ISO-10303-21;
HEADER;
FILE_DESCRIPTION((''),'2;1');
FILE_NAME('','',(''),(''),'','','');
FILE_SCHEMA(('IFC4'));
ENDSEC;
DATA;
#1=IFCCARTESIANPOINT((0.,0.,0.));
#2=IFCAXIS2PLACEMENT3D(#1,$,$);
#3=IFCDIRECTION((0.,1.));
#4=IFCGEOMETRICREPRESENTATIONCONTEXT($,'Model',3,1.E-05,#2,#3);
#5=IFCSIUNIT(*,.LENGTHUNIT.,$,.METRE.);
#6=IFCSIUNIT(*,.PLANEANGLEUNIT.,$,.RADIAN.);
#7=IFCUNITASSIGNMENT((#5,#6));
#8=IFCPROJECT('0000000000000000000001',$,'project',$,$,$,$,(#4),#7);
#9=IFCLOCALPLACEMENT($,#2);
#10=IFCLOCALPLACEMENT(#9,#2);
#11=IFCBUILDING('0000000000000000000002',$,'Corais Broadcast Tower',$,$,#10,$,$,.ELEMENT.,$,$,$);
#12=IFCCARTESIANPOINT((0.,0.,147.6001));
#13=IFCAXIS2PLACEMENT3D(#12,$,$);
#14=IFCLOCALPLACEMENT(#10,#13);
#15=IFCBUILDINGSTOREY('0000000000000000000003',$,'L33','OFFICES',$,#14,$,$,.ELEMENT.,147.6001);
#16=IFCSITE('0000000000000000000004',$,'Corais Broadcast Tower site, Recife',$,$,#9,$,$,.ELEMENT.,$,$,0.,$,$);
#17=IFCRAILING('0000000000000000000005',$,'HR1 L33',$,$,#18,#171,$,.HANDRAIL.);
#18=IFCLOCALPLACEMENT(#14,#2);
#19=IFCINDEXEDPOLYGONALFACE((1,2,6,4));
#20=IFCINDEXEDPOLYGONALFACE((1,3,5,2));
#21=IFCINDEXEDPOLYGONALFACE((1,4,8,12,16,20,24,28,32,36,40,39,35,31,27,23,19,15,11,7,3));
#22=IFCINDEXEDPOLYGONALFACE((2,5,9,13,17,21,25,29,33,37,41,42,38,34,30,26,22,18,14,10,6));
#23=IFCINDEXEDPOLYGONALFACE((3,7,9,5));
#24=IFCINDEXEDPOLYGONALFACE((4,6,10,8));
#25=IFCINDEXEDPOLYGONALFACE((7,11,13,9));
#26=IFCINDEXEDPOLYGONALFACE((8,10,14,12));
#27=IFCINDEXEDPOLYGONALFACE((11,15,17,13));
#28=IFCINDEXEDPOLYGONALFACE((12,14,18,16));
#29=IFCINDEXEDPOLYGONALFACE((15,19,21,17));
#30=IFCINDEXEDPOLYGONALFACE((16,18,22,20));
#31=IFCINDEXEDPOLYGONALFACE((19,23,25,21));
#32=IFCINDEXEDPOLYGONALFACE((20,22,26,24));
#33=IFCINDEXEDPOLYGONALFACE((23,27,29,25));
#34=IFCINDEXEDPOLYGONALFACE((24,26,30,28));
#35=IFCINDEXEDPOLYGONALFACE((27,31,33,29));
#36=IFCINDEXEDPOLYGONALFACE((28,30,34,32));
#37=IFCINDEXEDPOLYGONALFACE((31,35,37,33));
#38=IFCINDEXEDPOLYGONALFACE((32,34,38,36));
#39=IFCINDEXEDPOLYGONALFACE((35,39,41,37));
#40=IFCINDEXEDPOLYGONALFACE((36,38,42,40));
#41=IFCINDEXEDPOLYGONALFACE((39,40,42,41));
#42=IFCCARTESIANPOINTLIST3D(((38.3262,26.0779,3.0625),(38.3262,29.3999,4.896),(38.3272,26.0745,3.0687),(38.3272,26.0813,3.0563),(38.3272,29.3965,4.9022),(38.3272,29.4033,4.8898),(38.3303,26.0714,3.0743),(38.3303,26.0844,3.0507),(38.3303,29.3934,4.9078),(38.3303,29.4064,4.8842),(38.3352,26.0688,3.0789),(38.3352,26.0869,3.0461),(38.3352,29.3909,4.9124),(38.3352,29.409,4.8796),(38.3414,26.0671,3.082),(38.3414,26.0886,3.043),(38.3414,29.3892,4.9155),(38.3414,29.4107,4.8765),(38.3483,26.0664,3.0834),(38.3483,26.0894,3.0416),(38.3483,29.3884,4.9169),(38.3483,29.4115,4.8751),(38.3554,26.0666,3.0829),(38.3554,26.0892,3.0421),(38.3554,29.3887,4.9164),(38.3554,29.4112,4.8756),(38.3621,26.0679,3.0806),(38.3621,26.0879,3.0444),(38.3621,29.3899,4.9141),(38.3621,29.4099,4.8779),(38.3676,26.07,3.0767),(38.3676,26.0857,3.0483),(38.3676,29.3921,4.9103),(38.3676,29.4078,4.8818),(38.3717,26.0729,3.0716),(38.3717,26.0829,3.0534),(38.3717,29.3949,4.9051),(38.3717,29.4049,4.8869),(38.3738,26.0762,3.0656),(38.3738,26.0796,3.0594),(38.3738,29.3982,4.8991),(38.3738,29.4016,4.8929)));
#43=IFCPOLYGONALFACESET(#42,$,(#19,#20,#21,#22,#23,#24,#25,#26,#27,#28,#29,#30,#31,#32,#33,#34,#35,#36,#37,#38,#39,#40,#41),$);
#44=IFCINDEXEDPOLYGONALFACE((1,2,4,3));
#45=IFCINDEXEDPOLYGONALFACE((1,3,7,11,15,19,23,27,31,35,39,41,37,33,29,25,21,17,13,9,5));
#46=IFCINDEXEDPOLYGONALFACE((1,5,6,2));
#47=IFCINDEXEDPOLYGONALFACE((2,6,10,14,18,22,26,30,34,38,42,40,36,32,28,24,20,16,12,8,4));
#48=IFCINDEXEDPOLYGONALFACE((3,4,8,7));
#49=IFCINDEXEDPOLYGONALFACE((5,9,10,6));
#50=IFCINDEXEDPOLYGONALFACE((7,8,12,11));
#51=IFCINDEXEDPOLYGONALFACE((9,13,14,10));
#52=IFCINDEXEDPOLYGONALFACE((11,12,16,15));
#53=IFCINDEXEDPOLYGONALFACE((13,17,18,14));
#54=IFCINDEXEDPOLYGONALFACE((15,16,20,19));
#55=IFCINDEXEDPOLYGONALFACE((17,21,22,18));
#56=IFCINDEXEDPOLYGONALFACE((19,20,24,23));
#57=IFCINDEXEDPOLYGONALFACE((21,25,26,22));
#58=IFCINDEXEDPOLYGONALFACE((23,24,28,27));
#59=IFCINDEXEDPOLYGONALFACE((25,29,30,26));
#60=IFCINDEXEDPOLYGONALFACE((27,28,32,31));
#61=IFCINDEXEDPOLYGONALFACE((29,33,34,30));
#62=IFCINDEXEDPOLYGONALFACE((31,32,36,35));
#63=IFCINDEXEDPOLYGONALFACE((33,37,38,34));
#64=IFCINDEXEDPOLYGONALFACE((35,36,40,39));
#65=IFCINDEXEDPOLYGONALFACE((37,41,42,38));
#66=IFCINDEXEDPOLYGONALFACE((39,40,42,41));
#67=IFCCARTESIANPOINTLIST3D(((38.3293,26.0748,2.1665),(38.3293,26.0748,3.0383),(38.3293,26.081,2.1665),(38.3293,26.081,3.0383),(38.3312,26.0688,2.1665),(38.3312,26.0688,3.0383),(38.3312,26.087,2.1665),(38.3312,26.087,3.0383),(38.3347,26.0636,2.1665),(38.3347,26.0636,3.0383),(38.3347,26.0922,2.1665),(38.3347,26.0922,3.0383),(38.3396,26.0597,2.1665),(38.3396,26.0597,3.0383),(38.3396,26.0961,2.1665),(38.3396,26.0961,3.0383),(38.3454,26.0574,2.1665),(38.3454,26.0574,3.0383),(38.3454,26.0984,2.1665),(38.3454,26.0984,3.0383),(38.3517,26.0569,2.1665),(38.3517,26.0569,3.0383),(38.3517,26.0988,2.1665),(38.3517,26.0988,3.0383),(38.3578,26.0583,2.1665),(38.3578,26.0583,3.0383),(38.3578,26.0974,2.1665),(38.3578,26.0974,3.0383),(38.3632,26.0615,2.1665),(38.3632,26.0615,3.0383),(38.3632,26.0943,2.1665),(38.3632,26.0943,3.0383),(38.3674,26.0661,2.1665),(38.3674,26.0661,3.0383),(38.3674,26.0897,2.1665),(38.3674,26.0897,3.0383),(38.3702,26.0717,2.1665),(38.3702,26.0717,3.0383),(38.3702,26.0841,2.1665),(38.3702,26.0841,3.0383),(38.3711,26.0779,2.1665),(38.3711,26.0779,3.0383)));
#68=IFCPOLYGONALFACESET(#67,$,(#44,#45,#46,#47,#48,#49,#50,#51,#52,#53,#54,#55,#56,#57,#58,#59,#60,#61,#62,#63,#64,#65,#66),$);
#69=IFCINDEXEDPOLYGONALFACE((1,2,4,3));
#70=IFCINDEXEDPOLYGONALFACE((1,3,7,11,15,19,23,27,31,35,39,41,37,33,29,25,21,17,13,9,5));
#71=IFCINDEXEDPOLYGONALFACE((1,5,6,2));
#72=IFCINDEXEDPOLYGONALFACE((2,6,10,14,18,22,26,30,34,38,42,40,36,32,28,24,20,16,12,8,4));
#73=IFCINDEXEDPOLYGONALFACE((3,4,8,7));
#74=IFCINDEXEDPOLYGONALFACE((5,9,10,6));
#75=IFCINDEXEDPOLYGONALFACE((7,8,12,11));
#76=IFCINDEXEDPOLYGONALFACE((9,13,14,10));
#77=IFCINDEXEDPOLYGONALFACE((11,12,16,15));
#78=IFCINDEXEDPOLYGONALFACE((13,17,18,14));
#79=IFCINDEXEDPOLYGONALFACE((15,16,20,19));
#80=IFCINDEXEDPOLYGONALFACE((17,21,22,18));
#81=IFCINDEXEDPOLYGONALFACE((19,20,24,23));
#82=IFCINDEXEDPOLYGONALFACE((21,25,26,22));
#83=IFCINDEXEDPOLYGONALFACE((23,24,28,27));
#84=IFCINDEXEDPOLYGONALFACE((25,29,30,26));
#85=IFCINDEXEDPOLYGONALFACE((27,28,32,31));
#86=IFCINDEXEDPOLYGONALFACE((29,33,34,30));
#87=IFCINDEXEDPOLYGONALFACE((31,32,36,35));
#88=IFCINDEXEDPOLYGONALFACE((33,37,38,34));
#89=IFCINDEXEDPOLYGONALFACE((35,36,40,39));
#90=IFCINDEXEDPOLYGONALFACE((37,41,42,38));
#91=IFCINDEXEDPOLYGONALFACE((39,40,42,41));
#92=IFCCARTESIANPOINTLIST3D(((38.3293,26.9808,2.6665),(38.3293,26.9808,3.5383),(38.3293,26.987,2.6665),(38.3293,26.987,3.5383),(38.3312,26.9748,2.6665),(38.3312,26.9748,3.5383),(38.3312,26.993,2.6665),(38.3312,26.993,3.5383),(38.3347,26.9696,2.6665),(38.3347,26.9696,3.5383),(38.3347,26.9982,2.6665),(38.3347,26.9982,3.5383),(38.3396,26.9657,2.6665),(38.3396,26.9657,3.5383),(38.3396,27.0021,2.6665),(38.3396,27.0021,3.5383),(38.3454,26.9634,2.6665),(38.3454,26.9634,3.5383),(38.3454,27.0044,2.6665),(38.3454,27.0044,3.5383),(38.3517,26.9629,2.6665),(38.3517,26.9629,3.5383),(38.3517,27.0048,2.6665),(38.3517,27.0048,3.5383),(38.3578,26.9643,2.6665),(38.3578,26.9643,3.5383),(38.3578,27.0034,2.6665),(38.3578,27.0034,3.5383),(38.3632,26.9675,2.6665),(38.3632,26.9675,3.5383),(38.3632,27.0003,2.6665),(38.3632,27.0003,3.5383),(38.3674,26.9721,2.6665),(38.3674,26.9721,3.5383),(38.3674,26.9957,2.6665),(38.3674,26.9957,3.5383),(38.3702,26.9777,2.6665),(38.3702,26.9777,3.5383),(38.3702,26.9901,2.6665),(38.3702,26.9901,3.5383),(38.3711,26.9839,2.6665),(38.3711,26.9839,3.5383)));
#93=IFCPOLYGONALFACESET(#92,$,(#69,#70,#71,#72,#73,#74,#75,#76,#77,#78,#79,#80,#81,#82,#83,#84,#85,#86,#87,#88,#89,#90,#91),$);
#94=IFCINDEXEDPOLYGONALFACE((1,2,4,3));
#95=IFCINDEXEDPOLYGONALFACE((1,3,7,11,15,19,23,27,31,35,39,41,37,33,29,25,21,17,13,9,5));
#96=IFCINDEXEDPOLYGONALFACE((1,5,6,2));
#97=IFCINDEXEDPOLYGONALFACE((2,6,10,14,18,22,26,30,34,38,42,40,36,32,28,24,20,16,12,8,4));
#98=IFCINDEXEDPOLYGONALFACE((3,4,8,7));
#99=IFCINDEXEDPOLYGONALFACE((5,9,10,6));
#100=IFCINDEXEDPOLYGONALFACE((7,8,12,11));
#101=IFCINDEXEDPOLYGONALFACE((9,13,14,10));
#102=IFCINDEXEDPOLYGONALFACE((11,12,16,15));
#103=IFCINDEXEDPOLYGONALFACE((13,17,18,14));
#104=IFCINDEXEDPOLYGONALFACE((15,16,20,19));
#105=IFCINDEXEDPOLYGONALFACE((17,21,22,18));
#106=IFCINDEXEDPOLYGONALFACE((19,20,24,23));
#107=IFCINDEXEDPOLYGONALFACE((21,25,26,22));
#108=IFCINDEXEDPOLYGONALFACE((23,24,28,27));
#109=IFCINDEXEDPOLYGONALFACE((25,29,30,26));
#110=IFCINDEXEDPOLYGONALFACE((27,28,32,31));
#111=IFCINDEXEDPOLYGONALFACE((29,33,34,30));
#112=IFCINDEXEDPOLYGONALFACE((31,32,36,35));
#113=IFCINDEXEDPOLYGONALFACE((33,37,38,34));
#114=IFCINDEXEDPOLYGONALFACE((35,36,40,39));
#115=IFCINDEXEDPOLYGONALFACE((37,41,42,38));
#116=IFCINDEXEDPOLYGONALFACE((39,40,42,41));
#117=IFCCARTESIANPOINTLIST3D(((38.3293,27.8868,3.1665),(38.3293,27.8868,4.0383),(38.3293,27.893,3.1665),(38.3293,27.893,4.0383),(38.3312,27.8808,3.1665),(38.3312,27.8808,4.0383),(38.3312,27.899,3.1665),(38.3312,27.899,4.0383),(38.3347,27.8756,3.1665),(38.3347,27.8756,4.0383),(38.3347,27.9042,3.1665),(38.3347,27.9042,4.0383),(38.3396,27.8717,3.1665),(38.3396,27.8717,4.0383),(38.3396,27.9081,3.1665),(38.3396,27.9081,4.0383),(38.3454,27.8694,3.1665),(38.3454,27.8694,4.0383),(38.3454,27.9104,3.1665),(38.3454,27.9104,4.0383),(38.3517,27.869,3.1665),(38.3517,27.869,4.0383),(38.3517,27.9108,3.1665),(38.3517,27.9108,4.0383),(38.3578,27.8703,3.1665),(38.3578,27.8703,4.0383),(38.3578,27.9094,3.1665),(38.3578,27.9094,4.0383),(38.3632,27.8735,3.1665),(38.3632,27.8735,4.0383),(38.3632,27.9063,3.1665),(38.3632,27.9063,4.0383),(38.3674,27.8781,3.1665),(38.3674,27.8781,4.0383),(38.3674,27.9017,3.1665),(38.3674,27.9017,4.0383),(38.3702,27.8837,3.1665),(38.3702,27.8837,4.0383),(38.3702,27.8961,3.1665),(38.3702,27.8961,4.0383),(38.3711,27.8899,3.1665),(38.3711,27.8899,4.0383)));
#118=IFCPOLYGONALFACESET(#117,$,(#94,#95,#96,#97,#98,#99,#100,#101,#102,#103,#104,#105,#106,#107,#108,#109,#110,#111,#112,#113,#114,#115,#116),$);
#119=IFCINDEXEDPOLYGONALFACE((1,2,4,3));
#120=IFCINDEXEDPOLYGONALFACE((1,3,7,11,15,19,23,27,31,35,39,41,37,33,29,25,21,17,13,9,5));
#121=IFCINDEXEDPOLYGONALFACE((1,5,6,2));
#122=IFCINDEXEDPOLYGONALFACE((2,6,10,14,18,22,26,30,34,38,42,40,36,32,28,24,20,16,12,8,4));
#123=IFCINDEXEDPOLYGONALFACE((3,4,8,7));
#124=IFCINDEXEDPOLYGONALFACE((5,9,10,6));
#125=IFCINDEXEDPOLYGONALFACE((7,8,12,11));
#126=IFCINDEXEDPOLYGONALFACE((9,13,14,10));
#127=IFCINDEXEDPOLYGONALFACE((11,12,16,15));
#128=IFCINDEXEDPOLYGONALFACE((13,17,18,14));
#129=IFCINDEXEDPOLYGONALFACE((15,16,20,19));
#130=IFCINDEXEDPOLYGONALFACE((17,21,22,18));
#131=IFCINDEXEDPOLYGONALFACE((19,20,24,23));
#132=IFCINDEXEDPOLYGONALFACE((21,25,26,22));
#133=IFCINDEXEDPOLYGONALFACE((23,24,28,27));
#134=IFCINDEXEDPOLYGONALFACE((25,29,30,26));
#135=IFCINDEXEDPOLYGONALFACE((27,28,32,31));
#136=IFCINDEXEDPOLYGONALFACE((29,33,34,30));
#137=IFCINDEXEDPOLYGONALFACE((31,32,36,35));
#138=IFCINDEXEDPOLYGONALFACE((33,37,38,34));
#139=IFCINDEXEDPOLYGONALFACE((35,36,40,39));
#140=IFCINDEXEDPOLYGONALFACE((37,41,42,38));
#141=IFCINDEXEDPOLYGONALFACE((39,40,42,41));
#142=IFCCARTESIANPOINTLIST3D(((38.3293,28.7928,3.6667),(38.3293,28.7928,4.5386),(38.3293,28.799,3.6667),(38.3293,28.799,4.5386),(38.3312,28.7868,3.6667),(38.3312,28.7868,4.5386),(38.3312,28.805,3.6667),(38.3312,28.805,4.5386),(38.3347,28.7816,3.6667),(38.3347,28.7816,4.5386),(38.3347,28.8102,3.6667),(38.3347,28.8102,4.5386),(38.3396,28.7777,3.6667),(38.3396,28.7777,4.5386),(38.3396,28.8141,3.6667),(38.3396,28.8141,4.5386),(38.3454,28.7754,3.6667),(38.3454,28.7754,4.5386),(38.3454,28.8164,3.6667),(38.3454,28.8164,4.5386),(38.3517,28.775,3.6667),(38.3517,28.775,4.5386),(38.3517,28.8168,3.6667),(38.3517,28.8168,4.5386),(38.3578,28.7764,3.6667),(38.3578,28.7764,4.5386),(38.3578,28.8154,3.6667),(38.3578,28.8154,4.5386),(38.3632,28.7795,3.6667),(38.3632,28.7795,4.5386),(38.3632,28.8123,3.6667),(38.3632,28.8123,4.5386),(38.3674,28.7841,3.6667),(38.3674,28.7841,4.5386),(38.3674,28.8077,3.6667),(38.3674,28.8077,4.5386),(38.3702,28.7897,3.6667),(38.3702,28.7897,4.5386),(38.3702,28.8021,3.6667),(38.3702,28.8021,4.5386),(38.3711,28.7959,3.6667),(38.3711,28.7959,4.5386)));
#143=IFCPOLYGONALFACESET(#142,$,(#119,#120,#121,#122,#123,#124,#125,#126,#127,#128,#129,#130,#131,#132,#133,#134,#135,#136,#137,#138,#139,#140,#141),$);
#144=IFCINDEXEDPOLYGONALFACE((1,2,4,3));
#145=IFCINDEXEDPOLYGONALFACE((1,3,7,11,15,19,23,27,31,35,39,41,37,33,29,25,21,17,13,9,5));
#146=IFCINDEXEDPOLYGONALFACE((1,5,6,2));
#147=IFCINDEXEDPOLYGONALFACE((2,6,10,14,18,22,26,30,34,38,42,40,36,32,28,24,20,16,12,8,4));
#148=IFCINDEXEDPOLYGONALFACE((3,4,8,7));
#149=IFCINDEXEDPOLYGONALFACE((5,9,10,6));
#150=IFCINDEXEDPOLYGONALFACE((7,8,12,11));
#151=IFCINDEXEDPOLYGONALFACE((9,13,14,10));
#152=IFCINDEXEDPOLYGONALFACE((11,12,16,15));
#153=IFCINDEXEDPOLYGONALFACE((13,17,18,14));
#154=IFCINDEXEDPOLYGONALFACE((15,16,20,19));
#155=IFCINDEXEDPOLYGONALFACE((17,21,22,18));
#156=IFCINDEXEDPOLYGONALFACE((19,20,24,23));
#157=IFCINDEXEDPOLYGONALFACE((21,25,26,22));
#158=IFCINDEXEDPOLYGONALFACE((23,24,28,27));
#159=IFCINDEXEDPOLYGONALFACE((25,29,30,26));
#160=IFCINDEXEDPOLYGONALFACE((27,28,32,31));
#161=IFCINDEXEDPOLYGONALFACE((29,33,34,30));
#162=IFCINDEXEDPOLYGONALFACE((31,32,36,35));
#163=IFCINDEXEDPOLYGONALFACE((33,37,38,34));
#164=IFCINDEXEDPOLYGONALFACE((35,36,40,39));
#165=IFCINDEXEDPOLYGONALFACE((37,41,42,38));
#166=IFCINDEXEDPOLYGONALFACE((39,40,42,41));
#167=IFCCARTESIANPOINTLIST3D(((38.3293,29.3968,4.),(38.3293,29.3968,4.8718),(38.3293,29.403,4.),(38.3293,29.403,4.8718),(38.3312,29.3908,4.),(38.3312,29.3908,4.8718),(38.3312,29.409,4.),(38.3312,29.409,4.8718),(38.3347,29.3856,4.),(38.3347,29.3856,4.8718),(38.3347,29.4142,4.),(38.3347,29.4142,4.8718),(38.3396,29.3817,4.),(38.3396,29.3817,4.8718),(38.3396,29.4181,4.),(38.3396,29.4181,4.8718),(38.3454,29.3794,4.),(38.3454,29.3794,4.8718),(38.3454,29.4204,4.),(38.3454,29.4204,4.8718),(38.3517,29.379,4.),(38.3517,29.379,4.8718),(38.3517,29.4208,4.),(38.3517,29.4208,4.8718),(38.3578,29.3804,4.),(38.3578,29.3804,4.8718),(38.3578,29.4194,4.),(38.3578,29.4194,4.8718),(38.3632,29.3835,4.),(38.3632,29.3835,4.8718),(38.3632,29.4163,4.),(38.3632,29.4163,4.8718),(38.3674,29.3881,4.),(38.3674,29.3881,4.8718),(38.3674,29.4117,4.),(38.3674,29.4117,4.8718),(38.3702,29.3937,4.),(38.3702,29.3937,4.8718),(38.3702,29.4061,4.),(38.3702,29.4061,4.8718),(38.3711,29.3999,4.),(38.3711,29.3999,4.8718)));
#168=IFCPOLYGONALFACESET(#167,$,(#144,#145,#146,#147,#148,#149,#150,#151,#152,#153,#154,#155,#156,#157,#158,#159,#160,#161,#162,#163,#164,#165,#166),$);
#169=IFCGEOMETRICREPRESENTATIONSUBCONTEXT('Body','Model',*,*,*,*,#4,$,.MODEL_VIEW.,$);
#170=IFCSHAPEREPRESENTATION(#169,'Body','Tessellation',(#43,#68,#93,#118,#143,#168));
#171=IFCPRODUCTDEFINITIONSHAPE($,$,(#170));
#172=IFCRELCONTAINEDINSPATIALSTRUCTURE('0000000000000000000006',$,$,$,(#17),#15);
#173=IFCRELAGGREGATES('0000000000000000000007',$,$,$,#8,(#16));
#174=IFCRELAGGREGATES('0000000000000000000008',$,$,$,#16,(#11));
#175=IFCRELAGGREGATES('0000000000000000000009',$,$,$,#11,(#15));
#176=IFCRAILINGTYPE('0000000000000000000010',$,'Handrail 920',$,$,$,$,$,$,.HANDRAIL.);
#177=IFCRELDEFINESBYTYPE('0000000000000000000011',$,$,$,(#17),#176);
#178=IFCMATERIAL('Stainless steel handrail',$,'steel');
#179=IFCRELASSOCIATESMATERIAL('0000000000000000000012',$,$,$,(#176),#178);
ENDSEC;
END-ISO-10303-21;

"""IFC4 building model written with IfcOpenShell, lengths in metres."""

from ifc_helpers import new_model, si_unit, direction, frame, origin, origin_2d, place, context, subcontext, project, spatial, circle, extrude, material, type_object, element, save


model = new_model("IFC4")

# Units and contexts
model_context = context("Model", 3, precision=1e-05, world=origin(), true_north=direction((0.0, 1.0)))
body_context = subcontext(model_context, "Body", "Model", "MODEL_VIEW")
ifc_project = project(units=[si_unit("LENGTHUNIT", "METRE"), si_unit("PLANEANGLEUNIT", "RADIAN")], contexts=[model_context])

# Site, building, storey
site_placement = place(None, origin())
site = spatial("IfcSite", under=ifc_project, at=site_placement, Name="Corais Broadcast Tower site, Recife", CompositionType="ELEMENT", RefElevation=0.0)
building_placement = place(site_placement, origin())
building = spatial("IfcBuilding", under=site, at=building_placement, Name="Corais Broadcast Tower", CompositionType="ELEMENT")
storey_placement = place(building_placement, frame((0.0, 0.0, 147.6001)))
storey = spatial("IfcBuildingStorey", under=building, at=storey_placement, Name="L33", Description="OFFICES", CompositionType="ELEMENT", Elevation=147.6001)

# Railing
ifc_material_1 = material(Name="Stainless steel handrail", Category="steel")
railing_type = type_object("IfcRailingType", Name="Handrail 920", PredefinedType="HANDRAIL", material=ifc_material_1)
railing_placement = place(storey_placement, frame((38.3501, 26.0779, 2.1665)))
element("IfcRailing", 1, at=railing_placement, inside=storey, type_object=railing_type, Name="HR1 L33", PredefinedType="HANDRAIL", context=body_context, shape_type="SweptSolid", body=[
    extrude(circle(Radius=0.0239, at=origin_2d()), frame((0.0, 0.0, 0.896), z_axis=(0.0, 0.875504, 0.48321), x_axis=(-1.0, 0.0, 0.0)), (0.0, 0.0, 1.0), 3.7944),
    extrude(circle(Radius=0.021, at=origin_2d()), origin(), (0.0, 0.0, 1.0), 0.8718),
    extrude(circle(Radius=0.021, at=origin_2d()), frame((0.0, 0.906, 0.5)), (0.0, 0.0, 1.0), 0.8718),
    extrude(circle(Radius=0.021, at=origin_2d()), frame((0.0, 1.812, 1.0)), (0.0, 0.0, 1.0), 0.8718),
    extrude(circle(Radius=0.021, at=origin_2d()), frame((0.0, 2.718, 1.5002)), (0.0, 0.0, 1.0), 0.8718),
    extrude(circle(Radius=0.021, at=origin_2d()), frame((0.0, 3.322, 1.8335)), (0.0, 0.0, 1.0), 0.8718),
])

save(model, "model.ifc")
